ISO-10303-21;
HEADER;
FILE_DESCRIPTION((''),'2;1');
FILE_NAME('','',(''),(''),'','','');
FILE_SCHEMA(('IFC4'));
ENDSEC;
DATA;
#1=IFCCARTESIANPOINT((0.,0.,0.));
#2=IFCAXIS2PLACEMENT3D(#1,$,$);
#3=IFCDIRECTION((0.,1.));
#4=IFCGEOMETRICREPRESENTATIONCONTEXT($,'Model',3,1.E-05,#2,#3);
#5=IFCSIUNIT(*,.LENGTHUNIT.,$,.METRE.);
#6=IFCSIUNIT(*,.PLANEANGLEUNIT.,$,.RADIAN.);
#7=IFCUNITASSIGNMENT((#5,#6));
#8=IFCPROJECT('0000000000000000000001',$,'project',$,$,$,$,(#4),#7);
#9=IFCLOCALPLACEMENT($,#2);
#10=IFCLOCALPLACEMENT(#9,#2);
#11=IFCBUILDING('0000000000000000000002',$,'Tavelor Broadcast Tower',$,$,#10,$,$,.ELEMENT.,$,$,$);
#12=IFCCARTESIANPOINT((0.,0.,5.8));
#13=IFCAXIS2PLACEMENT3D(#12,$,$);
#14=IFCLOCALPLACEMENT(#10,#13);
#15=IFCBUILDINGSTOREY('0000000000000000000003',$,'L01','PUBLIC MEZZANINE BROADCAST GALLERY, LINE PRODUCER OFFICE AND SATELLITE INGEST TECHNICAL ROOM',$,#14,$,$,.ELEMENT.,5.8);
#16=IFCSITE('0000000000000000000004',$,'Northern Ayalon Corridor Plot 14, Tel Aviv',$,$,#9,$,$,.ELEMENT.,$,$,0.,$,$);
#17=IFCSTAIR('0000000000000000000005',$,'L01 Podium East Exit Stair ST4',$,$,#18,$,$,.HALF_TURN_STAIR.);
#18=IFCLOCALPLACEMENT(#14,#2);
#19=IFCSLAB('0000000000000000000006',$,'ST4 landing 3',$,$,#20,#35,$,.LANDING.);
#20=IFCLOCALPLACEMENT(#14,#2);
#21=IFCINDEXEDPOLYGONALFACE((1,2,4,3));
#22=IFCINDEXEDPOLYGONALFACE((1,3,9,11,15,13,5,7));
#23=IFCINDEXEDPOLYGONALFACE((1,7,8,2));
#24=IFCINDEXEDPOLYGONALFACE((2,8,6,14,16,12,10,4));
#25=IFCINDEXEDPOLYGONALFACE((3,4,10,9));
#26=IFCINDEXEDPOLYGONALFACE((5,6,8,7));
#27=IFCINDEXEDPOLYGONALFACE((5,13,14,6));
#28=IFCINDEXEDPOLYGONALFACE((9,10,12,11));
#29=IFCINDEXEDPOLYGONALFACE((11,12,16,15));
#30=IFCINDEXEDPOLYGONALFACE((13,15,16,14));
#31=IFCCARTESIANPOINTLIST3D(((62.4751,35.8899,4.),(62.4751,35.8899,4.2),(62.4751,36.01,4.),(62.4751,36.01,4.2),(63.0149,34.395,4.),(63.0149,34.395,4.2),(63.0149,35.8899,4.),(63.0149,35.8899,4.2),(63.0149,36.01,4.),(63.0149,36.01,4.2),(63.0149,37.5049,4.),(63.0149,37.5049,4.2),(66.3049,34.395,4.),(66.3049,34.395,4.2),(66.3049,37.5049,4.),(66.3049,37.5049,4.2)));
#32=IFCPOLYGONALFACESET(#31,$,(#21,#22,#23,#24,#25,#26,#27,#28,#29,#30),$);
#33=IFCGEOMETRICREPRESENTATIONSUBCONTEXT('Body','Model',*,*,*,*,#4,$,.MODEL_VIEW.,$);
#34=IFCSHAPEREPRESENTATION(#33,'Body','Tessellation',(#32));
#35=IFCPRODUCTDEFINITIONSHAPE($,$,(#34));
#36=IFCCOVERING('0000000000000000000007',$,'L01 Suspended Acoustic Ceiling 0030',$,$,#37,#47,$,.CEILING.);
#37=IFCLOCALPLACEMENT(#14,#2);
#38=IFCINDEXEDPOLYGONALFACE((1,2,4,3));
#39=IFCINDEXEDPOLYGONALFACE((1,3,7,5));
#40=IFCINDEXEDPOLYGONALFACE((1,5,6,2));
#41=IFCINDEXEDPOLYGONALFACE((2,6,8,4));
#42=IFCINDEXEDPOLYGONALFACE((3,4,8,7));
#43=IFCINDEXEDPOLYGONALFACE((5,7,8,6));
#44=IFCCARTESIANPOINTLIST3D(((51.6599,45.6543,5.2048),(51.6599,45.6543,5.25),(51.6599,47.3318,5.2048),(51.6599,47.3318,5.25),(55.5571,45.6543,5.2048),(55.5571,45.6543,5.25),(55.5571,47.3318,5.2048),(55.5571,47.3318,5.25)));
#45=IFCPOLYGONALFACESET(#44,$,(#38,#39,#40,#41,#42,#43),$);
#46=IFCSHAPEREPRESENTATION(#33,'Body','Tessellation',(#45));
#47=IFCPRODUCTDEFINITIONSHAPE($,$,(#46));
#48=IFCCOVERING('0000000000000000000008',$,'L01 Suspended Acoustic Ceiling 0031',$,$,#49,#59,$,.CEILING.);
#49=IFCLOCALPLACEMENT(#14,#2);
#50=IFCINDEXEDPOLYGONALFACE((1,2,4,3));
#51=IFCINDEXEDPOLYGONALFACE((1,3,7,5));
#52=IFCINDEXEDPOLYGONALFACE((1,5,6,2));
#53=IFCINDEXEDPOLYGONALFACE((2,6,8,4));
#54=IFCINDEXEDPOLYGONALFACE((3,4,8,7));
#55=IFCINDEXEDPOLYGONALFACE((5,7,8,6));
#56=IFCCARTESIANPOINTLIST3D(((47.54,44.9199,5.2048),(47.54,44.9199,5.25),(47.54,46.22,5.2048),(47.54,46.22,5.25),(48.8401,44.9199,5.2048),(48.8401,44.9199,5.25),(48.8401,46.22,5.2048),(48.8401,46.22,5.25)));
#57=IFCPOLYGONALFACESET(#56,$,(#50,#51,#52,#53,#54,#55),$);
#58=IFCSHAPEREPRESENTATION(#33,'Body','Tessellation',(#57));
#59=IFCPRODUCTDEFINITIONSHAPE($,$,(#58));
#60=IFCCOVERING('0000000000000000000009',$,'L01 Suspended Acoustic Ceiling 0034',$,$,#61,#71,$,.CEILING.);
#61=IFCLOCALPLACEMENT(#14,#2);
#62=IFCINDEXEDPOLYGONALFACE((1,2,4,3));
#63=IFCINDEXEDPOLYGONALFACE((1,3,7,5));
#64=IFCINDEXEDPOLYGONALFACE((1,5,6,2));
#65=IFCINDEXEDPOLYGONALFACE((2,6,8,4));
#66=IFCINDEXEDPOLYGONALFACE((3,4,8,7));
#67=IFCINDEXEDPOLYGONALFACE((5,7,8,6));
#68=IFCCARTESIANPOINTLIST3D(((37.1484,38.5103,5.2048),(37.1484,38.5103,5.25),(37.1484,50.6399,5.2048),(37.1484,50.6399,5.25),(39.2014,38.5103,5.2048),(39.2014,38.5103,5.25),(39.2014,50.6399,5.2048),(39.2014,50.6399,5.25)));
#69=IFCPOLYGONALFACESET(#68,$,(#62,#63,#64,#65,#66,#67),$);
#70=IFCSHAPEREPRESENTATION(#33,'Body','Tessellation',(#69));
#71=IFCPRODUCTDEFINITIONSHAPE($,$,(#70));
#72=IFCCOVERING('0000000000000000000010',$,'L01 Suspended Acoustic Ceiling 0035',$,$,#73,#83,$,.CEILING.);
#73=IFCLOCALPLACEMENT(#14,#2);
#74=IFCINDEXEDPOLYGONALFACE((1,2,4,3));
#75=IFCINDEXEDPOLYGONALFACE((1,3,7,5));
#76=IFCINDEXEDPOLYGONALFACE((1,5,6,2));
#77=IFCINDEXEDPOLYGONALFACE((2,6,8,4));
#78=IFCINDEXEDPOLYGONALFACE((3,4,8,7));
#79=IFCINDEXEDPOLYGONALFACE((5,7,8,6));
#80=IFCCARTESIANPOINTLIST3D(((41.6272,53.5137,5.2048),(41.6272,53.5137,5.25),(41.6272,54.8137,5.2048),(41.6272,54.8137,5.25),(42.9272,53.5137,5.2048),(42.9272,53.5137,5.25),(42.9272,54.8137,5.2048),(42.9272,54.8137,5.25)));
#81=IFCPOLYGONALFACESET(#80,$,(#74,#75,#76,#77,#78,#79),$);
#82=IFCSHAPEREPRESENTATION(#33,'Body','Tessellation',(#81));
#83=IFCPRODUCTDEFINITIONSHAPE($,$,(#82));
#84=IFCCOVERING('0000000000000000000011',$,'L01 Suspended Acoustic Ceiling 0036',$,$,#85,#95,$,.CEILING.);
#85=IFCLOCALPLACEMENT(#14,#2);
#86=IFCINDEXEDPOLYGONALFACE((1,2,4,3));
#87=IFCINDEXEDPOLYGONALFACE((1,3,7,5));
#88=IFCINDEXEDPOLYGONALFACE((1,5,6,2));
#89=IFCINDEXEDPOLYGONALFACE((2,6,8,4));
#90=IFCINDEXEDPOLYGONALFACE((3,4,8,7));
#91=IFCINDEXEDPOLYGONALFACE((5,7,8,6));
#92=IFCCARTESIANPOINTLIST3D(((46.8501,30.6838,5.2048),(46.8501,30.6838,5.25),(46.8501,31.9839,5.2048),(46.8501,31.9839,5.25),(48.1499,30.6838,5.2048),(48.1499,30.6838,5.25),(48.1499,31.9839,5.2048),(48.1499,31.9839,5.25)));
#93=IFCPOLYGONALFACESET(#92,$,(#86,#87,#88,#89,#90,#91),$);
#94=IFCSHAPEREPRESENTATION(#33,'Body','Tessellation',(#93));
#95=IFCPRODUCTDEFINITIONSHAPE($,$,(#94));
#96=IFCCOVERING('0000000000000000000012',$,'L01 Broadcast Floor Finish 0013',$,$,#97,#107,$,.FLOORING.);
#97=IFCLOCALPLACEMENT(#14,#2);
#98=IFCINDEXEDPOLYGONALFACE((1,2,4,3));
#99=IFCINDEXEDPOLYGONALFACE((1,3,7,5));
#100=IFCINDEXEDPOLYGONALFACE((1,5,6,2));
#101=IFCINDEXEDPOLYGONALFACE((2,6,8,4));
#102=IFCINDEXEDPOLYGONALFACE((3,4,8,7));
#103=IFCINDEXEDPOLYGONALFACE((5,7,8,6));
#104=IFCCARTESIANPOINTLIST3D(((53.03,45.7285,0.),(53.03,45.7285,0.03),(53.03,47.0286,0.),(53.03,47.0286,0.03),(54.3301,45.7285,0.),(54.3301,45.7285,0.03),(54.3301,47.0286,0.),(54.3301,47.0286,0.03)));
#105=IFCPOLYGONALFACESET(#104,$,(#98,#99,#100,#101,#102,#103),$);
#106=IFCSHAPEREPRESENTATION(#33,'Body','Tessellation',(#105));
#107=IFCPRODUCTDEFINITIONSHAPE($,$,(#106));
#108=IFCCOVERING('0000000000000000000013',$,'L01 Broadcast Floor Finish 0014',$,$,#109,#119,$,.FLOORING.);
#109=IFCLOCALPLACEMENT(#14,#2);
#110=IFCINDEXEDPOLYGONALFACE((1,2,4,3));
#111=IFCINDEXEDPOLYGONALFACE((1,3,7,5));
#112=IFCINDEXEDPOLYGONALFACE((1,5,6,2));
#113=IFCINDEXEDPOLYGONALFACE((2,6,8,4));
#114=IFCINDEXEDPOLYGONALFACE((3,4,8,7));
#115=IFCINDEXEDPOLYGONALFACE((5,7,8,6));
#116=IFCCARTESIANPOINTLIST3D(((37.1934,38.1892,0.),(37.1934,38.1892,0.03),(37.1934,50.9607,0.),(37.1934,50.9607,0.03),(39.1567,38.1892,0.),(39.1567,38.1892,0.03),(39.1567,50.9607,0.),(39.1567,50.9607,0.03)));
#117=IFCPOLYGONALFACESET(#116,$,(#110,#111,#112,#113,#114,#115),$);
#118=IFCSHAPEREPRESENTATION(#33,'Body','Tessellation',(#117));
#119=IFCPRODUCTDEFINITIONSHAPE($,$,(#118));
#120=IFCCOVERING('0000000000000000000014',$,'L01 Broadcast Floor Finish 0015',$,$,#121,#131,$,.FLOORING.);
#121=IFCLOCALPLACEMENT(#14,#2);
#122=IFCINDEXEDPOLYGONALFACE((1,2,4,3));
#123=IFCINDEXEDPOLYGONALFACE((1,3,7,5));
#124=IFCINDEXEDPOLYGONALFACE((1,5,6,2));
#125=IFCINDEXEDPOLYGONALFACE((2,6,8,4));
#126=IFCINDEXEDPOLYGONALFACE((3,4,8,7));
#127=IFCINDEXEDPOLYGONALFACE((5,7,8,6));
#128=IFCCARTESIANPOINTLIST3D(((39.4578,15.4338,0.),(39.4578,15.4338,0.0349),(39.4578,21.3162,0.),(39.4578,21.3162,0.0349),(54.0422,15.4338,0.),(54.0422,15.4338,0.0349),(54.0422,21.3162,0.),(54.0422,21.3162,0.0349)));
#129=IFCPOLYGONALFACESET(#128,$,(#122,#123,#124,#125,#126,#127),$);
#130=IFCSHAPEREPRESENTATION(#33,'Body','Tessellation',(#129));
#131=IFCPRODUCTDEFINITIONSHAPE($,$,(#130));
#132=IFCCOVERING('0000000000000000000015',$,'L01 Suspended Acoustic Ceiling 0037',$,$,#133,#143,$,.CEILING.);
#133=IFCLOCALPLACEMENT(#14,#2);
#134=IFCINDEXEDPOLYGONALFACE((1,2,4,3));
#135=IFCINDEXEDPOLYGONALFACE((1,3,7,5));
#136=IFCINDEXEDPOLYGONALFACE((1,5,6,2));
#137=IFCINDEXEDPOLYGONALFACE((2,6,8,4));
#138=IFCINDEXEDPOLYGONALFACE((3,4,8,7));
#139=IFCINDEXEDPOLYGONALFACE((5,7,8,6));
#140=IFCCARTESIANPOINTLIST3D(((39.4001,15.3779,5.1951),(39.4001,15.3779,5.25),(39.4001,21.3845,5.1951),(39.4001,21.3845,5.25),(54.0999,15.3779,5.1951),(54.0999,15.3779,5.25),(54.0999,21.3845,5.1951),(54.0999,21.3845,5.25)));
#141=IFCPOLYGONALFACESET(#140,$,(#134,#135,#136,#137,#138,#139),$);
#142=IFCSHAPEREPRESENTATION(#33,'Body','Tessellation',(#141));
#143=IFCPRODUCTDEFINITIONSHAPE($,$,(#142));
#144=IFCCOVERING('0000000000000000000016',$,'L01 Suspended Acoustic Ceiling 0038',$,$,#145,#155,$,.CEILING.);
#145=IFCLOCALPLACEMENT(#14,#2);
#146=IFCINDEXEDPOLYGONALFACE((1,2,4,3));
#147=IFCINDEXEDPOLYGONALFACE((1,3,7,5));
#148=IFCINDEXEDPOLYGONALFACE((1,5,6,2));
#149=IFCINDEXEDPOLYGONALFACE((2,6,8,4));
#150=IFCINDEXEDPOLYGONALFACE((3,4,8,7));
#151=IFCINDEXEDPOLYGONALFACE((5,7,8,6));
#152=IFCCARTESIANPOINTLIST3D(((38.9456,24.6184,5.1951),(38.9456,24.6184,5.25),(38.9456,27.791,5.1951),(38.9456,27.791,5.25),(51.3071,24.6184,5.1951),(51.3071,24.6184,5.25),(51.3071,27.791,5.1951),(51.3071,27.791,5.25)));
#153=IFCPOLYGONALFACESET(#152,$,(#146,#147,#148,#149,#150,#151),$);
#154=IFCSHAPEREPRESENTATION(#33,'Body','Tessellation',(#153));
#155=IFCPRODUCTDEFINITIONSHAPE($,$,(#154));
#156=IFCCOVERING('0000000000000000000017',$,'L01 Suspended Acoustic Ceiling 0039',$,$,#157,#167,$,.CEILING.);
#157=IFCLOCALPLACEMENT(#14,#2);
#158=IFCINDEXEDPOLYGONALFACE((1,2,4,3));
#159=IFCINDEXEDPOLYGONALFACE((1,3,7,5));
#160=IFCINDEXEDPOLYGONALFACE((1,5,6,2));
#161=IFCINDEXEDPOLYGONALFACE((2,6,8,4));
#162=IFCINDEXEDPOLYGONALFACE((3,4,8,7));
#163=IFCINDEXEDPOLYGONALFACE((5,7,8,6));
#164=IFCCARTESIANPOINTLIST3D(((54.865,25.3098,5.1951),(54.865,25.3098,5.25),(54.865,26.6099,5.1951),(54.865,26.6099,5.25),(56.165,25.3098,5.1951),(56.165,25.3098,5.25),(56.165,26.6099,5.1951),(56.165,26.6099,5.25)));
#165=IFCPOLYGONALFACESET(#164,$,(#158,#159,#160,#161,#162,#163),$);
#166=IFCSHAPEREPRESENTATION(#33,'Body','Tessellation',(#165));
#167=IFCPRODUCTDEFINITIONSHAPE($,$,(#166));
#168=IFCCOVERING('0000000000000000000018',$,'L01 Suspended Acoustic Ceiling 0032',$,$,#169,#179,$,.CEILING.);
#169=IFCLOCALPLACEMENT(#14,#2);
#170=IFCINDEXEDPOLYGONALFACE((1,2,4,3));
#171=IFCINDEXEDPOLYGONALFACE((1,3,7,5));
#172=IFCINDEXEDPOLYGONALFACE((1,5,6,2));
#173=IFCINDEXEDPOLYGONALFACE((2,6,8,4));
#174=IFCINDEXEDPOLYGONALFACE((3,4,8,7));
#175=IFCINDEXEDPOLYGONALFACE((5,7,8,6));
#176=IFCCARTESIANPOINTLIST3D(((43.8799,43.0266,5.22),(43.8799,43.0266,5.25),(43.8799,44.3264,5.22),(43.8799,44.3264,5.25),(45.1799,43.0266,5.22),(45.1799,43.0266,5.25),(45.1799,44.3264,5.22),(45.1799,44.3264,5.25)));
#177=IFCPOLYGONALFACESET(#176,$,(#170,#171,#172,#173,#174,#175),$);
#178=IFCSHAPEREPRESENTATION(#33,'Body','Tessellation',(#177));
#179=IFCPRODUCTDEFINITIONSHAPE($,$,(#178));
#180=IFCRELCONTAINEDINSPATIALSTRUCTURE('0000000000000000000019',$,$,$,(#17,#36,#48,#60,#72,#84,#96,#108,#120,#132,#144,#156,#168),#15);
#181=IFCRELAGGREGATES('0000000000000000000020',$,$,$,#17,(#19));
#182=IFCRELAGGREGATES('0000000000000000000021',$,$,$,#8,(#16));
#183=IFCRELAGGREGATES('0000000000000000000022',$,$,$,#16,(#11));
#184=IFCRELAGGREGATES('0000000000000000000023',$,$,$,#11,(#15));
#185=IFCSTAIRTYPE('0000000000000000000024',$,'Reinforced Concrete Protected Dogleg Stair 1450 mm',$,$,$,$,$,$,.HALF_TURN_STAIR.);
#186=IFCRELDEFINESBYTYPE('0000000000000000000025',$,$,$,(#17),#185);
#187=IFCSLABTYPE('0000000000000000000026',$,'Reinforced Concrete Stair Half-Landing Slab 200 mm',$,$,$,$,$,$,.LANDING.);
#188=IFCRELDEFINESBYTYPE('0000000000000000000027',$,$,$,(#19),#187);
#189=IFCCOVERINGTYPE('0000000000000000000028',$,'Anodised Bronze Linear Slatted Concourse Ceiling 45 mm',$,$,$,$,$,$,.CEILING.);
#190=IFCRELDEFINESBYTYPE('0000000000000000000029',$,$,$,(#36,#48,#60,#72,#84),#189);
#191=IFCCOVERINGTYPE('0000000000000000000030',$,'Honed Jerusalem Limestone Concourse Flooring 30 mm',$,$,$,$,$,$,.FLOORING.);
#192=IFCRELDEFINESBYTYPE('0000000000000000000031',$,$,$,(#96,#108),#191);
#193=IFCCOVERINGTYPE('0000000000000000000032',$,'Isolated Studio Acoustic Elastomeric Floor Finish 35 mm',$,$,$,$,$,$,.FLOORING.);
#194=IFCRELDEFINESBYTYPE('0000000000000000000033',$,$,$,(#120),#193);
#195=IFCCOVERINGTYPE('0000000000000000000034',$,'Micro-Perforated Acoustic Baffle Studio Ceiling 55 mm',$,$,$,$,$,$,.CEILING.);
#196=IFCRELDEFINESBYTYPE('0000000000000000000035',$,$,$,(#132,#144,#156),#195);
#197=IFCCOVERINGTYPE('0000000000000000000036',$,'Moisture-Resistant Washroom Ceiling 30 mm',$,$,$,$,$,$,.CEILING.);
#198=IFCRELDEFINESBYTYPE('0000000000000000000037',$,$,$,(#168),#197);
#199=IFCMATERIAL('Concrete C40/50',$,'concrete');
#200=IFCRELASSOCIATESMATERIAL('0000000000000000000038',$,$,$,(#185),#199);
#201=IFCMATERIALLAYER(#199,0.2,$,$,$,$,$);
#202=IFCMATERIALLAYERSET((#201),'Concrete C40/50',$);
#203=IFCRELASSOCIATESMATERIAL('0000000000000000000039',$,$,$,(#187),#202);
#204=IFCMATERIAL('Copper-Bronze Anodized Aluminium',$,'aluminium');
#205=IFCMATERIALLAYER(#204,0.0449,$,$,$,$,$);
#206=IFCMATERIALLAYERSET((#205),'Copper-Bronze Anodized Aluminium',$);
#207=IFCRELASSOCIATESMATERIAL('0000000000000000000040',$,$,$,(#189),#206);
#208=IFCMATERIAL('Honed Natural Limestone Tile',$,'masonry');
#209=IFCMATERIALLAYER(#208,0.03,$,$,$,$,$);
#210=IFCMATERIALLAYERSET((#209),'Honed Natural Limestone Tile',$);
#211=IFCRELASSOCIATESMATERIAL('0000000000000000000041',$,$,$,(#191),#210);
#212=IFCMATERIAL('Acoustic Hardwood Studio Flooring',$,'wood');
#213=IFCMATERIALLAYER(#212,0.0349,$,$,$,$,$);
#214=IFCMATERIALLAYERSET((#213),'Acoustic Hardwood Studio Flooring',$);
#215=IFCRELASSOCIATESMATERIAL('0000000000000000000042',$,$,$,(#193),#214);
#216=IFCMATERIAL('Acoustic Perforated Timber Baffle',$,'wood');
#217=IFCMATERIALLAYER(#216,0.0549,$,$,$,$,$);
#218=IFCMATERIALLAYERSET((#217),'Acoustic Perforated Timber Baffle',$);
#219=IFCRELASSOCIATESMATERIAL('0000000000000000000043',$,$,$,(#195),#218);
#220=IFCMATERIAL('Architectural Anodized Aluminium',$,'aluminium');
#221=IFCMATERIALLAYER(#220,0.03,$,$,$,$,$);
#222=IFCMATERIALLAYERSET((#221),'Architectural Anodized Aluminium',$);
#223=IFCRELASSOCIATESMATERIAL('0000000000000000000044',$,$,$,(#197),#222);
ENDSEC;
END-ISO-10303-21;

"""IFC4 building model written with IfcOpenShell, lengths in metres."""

from ifc_helpers import new_model, si_unit, direction, frame, origin, place, context, subcontext, project, spatial, polyline, outline, extrude, material, layer, layer_set, type_object, element, aggregate, save


model = new_model("IFC4")

# Units and contexts
model_context = context("Model", 3, precision=1e-05, world=origin(), true_north=direction((0.0, 1.0)))
body_context = subcontext(model_context, "Body", "Model", "MODEL_VIEW")
ifc_project = project(units=[si_unit("LENGTHUNIT", "METRE"), si_unit("PLANEANGLEUNIT", "RADIAN")], contexts=[model_context])

# Site, building, storey
site_placement = place(None, origin())
site = spatial("IfcSite", under=ifc_project, at=site_placement, Name="Northern Ayalon Corridor Plot 14, Tel Aviv", CompositionType="ELEMENT", RefElevation=0.0)
building_placement = place(site_placement, origin())
building = spatial("IfcBuilding", under=site, at=building_placement, Name="Tavelor Broadcast Tower", CompositionType="ELEMENT")
storey_placement = place(building_placement, frame((0.0, 0.0, 5.8)))
storey = spatial("IfcBuildingStorey", under=building, at=storey_placement, Name="L01", Description="PUBLIC MEZZANINE BROADCAST GALLERY, LINE PRODUCER OFFICE AND SATELLITE INGEST TECHNICAL ROOM", CompositionType="ELEMENT", Elevation=5.8)

# Shared definitions
ifc_material_1 = material(Name="Concrete C40/50", Category="concrete")

# Stair, slab
stair_type = type_object("IfcStairType", Name="Reinforced Concrete Protected Dogleg Stair 1450 mm", PredefinedType="HALF_TURN_STAIR", material=ifc_material_1)
ifc_layer_1 = layer(ifc_material_1, 0.2)
ifc_layer_set_1 = layer_set([ifc_layer_1], Name="Concrete C40/50")
slab_type_1 = type_object("IfcSlabType", Name="Reinforced Concrete Stair Half-Landing Slab 200 mm", PredefinedType="LANDING", material=ifc_layer_set_1)
stair_1_placement = place(storey_placement, origin())
stair_1 = element("IfcStair", 1, at=stair_1_placement, inside=storey, type_object=stair_type, Name="L01 Podium East Exit Stair ST4", PredefinedType="HALF_TURN_STAIR")
slab_1_placement = place(storey_placement, frame((0.0, 0.0, 4.0)))
slab_1 = element("IfcSlab", 2, at=slab_1_placement, type_object=slab_type_1, Name="ST4 landing 3", PredefinedType="LANDING", context=body_context, shape_type="SweptSolid", body=[
    extrude(outline(polyline([(63.0149, 35.8899), (63.0149, 34.395), (66.3049, 34.395), (66.3049, 37.5049), (63.0149, 37.5049), (63.0149, 36.01), (62.4751, 36.01), (62.4751, 35.8899), (63.0149, 35.8899)])), origin(), (0.0, 0.0, 1.0), 0.2),
])
aggregate(stair_1, [slab_1])

# Coverings
ifc_material_2 = material(Name="Copper-Bronze Anodized Aluminium", Category="aluminium")
ifc_layer_2 = layer(ifc_material_2, 0.0449)
ifc_layer_set_2 = layer_set([ifc_layer_2], Name="Copper-Bronze Anodized Aluminium")
covering_type_1 = type_object("IfcCoveringType", Name="Anodised Bronze Linear Slatted Concourse Ceiling 45 mm", PredefinedType="CEILING", material=ifc_layer_set_2)
covering_1_placement = place(storey_placement, frame((0.0, 0.0, 5.2048)))
element("IfcCovering", 3, at=covering_1_placement, inside=storey, type_object=covering_type_1, Name="L01 Suspended Acoustic Ceiling 0030", PredefinedType="CEILING", context=body_context, shape_type="SweptSolid", body=[
    extrude(outline(polyline([(51.6599, 45.6543), (55.5571, 45.6543), (55.5571, 47.3318), (51.6599, 47.3318), (51.6599, 45.6543)])), origin(), (0.0, 0.0, 1.0), 0.0452),
])
covering_2_placement = place(storey_placement, frame((0.0, 0.0, 5.2048)))
element("IfcCovering", 4, at=covering_2_placement, inside=storey, type_object=covering_type_1, Name="L01 Suspended Acoustic Ceiling 0031", PredefinedType="CEILING", context=body_context, shape_type="SweptSolid", body=[
    extrude(outline(polyline([(47.54, 44.9199), (48.8401, 44.9199), (48.8401, 46.22), (47.54, 46.22), (47.54, 44.9199)])), origin(), (0.0, 0.0, 1.0), 0.0452),
])
covering_3_placement = place(storey_placement, frame((0.0, 0.0, 5.2048)))
element("IfcCovering", 5, at=covering_3_placement, inside=storey, type_object=covering_type_1, Name="L01 Suspended Acoustic Ceiling 0034", PredefinedType="CEILING", context=body_context, shape_type="SweptSolid", body=[
    extrude(outline(polyline([(37.1484, 38.5103), (39.2014, 38.5103), (39.2014, 50.6399), (37.1484, 50.6399), (37.1484, 38.5103)])), origin(), (0.0, 0.0, 1.0), 0.0452),
])
covering_4_placement = place(storey_placement, frame((0.0, 0.0, 5.2048)))
element("IfcCovering", 6, at=covering_4_placement, inside=storey, type_object=covering_type_1, Name="L01 Suspended Acoustic Ceiling 0035", PredefinedType="CEILING", context=body_context, shape_type="SweptSolid", body=[
    extrude(outline(polyline([(41.6272, 53.5137), (42.9272, 53.5137), (42.9272, 54.8137), (41.6272, 54.8137), (41.6272, 53.5137)])), origin(), (0.0, 0.0, 1.0), 0.0452),
])
covering_5_placement = place(storey_placement, frame((0.0, 0.0, 5.2048)))
element("IfcCovering", 7, at=covering_5_placement, inside=storey, type_object=covering_type_1, Name="L01 Suspended Acoustic Ceiling 0036", PredefinedType="CEILING", context=body_context, shape_type="SweptSolid", body=[
    extrude(outline(polyline([(46.8501, 30.6838), (48.1499, 30.6838), (48.1499, 31.9839), (46.8501, 31.9839), (46.8501, 30.6838)])), origin(), (0.0, 0.0, 1.0), 0.0452),
])
ifc_material_3 = material(Name="Honed Natural Limestone Tile", Category="masonry")
ifc_layer_3 = layer(ifc_material_3, 0.03)
ifc_layer_set_3 = layer_set([ifc_layer_3], Name="Honed Natural Limestone Tile")
covering_type_2 = type_object("IfcCoveringType", Name="Honed Jerusalem Limestone Concourse Flooring 30 mm", PredefinedType="FLOORING", material=ifc_layer_set_3)
covering_6_placement = place(storey_placement, origin())
element("IfcCovering", 8, at=covering_6_placement, inside=storey, type_object=covering_type_2, Name="L01 Broadcast Floor Finish 0013", PredefinedType="FLOORING", context=body_context, shape_type="SweptSolid", body=[
    extrude(outline(polyline([(53.03, 45.7285), (54.3301, 45.7285), (54.3301, 47.0286), (53.03, 47.0286), (53.03, 45.7285)])), origin(), (0.0, 0.0, 1.0), 0.03),
])
covering_7_placement = place(storey_placement, origin())
element("IfcCovering", 9, at=covering_7_placement, inside=storey, type_object=covering_type_2, Name="L01 Broadcast Floor Finish 0014", PredefinedType="FLOORING", context=body_context, shape_type="SweptSolid", body=[
    extrude(outline(polyline([(37.1934, 38.1892), (39.1567, 38.1892), (39.1567, 50.9607), (37.1934, 50.9607), (37.1934, 38.1892)])), origin(), (0.0, 0.0, 1.0), 0.03),
])
ifc_material_4 = material(Name="Acoustic Hardwood Studio Flooring", Category="wood")
ifc_layer_4 = layer(ifc_material_4, 0.0349)
ifc_layer_set_4 = layer_set([ifc_layer_4], Name="Acoustic Hardwood Studio Flooring")
covering_type_3 = type_object("IfcCoveringType", Name="Isolated Studio Acoustic Elastomeric Floor Finish 35 mm", PredefinedType="FLOORING", material=ifc_layer_set_4)
covering_8_placement = place(storey_placement, origin())
element("IfcCovering", 10, at=covering_8_placement, inside=storey, type_object=covering_type_3, Name="L01 Broadcast Floor Finish 0015", PredefinedType="FLOORING", context=body_context, shape_type="SweptSolid", body=[
    extrude(outline(polyline([(39.4578, 15.4338), (54.0422, 15.4338), (54.0422, 21.3162), (39.4578, 21.3162), (39.4578, 15.4338)])), origin(), (0.0, 0.0, 1.0), 0.0349),
])
ifc_material_5 = material(Name="Acoustic Perforated Timber Baffle", Category="wood")
ifc_layer_5 = layer(ifc_material_5, 0.0549)
ifc_layer_set_5 = layer_set([ifc_layer_5], Name="Acoustic Perforated Timber Baffle")
covering_type_4 = type_object("IfcCoveringType", Name="Micro-Perforated Acoustic Baffle Studio Ceiling 55 mm", PredefinedType="CEILING", material=ifc_layer_set_5)
covering_9_placement = place(storey_placement, frame((0.0, 0.0, 5.1951)))
element("IfcCovering", 11, at=covering_9_placement, inside=storey, type_object=covering_type_4, Name="L01 Suspended Acoustic Ceiling 0037", PredefinedType="CEILING", context=body_context, shape_type="SweptSolid", body=[
    extrude(outline(polyline([(39.4001, 15.3779), (54.0999, 15.3779), (54.0999, 21.3845), (39.4001, 21.3845), (39.4001, 15.3779)])), origin(), (0.0, 0.0, 1.0), 0.0549),
])
covering_10_placement = place(storey_placement, frame((0.0, 0.0, 5.1951)))
element("IfcCovering", 12, at=covering_10_placement, inside=storey, type_object=covering_type_4, Name="L01 Suspended Acoustic Ceiling 0038", PredefinedType="CEILING", context=body_context, shape_type="SweptSolid", body=[
    extrude(outline(polyline([(38.9456, 24.6184), (51.3071, 24.6184), (51.3071, 27.791), (38.9456, 27.791), (38.9456, 24.6184)])), origin(), (0.0, 0.0, 1.0), 0.0549),
])
covering_11_placement = place(storey_placement, frame((0.0, 0.0, 5.1951)))
element("IfcCovering", 13, at=covering_11_placement, inside=storey, type_object=covering_type_4, Name="L01 Suspended Acoustic Ceiling 0039", PredefinedType="CEILING", context=body_context, shape_type="SweptSolid", body=[
    extrude(outline(polyline([(54.865, 25.3098), (56.165, 25.3098), (56.165, 26.6099), (54.865, 26.6099), (54.865, 25.3098)])), origin(), (0.0, 0.0, 1.0), 0.0549),
])
ifc_material_6 = material(Name="Architectural Anodized Aluminium", Category="aluminium")
ifc_layer_6 = layer(ifc_material_6, 0.03)
ifc_layer_set_6 = layer_set([ifc_layer_6], Name="Architectural Anodized Aluminium")
covering_type_5 = type_object("IfcCoveringType", Name="Moisture-Resistant Washroom Ceiling 30 mm", PredefinedType="CEILING", material=ifc_layer_set_6)
covering_12_placement = place(storey_placement, frame((0.0, 0.0, 5.22)))
element("IfcCovering", 14, at=covering_12_placement, inside=storey, type_object=covering_type_5, Name="L01 Suspended Acoustic Ceiling 0032", PredefinedType="CEILING", context=body_context, shape_type="SweptSolid", body=[
    extrude(outline(polyline([(43.8799, 43.0266), (45.1799, 43.0266), (45.1799, 44.3264), (43.8799, 44.3264), (43.8799, 43.0266)])), origin(), (0.0, 0.0, 1.0), 0.03),
])

save(model, "model.ifc")
